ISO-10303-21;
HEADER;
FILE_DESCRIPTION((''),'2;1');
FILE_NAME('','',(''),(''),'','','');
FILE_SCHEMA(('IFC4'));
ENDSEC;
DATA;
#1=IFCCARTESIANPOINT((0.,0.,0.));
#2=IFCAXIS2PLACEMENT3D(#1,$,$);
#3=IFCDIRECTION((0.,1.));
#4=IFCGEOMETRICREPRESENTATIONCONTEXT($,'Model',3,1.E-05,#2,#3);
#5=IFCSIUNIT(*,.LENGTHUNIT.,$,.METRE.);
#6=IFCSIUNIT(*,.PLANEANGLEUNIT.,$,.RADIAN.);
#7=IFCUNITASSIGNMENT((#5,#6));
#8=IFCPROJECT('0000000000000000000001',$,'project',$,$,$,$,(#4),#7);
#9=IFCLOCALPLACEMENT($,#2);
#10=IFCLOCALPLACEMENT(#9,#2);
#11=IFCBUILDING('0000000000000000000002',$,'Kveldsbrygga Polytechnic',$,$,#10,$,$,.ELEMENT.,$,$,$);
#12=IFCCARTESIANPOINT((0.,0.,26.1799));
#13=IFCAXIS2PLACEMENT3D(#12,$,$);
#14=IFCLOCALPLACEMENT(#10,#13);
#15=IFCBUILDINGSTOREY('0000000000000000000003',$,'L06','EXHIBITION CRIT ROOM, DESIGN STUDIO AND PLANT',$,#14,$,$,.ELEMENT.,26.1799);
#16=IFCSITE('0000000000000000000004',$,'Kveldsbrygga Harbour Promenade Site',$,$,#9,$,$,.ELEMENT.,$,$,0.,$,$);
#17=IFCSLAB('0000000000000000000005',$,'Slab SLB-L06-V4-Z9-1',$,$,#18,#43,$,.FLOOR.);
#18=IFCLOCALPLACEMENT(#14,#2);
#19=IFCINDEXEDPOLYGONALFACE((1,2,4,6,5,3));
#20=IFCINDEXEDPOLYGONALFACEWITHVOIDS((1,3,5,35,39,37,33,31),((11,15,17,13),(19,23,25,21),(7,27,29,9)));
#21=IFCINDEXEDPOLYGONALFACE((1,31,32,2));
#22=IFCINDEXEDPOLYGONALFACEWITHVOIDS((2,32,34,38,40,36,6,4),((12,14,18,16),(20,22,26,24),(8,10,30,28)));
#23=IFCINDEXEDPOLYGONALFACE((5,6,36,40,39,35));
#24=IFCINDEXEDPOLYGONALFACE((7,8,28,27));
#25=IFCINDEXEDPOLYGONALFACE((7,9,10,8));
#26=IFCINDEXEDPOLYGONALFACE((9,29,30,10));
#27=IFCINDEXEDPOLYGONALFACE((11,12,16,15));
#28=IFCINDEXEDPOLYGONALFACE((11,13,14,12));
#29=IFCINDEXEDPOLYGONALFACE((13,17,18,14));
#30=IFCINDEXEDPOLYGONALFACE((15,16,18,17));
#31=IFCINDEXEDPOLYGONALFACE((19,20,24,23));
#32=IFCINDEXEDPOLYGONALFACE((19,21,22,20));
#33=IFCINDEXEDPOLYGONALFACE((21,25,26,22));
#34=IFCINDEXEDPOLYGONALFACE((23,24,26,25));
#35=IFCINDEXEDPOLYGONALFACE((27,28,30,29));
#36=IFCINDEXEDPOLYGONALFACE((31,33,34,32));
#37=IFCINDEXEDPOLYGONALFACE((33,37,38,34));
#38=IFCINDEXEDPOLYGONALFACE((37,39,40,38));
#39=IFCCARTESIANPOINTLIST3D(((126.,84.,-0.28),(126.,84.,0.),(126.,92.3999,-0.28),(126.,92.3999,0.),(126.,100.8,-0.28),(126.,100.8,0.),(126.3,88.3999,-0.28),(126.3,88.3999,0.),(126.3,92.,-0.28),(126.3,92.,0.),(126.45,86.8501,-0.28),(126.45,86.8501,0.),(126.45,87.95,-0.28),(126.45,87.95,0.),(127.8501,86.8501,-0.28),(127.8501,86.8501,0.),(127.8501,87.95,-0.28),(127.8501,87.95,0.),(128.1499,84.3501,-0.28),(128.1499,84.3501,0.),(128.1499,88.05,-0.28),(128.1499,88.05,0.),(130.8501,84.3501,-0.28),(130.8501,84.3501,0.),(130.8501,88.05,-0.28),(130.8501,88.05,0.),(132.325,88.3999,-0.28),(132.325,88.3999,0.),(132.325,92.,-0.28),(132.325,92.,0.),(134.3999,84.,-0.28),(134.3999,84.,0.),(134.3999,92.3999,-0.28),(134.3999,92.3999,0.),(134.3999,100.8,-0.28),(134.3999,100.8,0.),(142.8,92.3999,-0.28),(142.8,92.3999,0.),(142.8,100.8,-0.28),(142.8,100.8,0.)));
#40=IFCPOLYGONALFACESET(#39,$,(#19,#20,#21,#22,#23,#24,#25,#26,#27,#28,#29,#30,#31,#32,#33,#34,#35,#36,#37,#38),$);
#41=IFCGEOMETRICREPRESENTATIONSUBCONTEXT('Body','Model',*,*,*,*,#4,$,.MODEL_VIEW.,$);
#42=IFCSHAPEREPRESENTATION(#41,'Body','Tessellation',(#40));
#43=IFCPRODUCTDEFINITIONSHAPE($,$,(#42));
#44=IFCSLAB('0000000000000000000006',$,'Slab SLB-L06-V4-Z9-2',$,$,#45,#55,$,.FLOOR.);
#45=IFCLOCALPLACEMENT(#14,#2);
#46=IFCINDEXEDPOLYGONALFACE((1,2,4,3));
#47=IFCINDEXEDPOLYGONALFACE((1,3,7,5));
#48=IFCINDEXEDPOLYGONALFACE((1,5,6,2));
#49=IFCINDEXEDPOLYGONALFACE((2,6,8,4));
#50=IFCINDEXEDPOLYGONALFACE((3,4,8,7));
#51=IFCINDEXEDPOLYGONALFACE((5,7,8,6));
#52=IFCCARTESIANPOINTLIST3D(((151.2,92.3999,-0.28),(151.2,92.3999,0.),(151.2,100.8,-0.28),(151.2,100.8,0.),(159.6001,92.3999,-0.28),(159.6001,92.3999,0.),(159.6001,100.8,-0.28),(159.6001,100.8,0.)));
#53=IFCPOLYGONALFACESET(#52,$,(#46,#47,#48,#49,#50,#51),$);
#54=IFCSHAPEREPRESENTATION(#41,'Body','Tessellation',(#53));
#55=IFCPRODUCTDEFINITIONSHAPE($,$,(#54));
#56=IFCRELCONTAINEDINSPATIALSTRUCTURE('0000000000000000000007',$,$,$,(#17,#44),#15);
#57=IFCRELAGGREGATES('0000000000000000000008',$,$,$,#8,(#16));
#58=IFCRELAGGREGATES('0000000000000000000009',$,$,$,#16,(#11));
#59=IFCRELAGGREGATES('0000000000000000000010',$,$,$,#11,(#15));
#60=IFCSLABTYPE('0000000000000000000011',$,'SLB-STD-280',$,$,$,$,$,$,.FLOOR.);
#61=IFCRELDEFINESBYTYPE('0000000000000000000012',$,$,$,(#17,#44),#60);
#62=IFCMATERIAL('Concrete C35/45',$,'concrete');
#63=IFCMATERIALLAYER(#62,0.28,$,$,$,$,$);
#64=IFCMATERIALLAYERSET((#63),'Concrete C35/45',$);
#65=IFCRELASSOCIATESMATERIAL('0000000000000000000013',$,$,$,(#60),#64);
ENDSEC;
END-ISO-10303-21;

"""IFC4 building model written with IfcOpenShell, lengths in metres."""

from ifc_helpers import new_model, si_unit, direction, frame, origin, place, context, subcontext, project, spatial, polyline, outline, extrude, material, layer, layer_set, type_object, element, save


model = new_model("IFC4")

# Units and contexts
model_context = context("Model", 3, precision=1e-05, world=origin(), true_north=direction((0.0, 1.0)))
body_context = subcontext(model_context, "Body", "Model", "MODEL_VIEW")
ifc_project = project(units=[si_unit("LENGTHUNIT", "METRE"), si_unit("PLANEANGLEUNIT", "RADIAN")], contexts=[model_context])

# Site, building, storey
site_placement = place(None, origin())
site = spatial("IfcSite", under=ifc_project, at=site_placement, Name="Kveldsbrygga Harbour Promenade Site", CompositionType="ELEMENT", RefElevation=0.0)
building_placement = place(site_placement, origin())
building = spatial("IfcBuilding", under=site, at=building_placement, Name="Kveldsbrygga Polytechnic", CompositionType="ELEMENT")
storey_placement = place(building_placement, frame((0.0, 0.0, 26.1799)))
storey = spatial("IfcBuildingStorey", under=building, at=storey_placement, Name="L06", Description="EXHIBITION CRIT ROOM, DESIGN STUDIO AND PLANT", CompositionType="ELEMENT", Elevation=26.1799)

# Slabs
ifc_material = material(Name="Concrete C35/45", Category="concrete")
ifc_layer_1 = layer(ifc_material, 0.28)
ifc_layer_set_1 = layer_set([ifc_layer_1], Name="Concrete C35/45")
slab_type_1 = type_object("IfcSlabType", Name="SLB-STD-280", PredefinedType="FLOOR", material=ifc_layer_set_1)
slab_1_placement = place(storey_placement, frame((0.0, 0.0, -0.28)))
element("IfcSlab", 1, at=slab_1_placement, inside=storey, type_object=slab_type_1, Name="Slab SLB-L06-V4-Z9-1", PredefinedType="FLOOR", context=body_context, shape_type="SweptSolid", body=[
    extrude(outline(polyline([(126.0, 84.0), (126.0, 92.3999), (126.0, 100.8), (134.3999, 100.8), (142.8, 100.8), (142.8, 92.3999), (134.3999, 92.3999), (134.3999, 84.0), (126.0, 84.0)]), holes=[polyline([(132.325, 92.0), (126.3, 92.0), (126.3, 88.3999), (132.325, 88.3999), (132.325, 92.0)]), polyline([(128.1499, 84.3501), (130.8501, 84.3501), (130.8501, 88.05), (128.1499, 88.05), (128.1499, 84.3501)]), polyline([(126.45, 86.8501), (127.8501, 86.8501), (127.8501, 87.95), (126.45, 87.95), (126.45, 86.8501)])]), origin(), (0.0, 0.0, 1.0), 0.28),
])
slab_2_placement = place(storey_placement, frame((0.0, 0.0, -0.28)))
element("IfcSlab", 2, at=slab_2_placement, inside=storey, type_object=slab_type_1, Name="Slab SLB-L06-V4-Z9-2", PredefinedType="FLOOR", context=body_context, shape_type="SweptSolid", body=[
    extrude(outline(polyline([(151.2, 100.8), (159.6001, 100.8), (159.6001, 92.3999), (151.2, 92.3999), (151.2, 100.8)])), origin(), (0.0, 0.0, 1.0), 0.28),
])

save(model, "model.ifc")
